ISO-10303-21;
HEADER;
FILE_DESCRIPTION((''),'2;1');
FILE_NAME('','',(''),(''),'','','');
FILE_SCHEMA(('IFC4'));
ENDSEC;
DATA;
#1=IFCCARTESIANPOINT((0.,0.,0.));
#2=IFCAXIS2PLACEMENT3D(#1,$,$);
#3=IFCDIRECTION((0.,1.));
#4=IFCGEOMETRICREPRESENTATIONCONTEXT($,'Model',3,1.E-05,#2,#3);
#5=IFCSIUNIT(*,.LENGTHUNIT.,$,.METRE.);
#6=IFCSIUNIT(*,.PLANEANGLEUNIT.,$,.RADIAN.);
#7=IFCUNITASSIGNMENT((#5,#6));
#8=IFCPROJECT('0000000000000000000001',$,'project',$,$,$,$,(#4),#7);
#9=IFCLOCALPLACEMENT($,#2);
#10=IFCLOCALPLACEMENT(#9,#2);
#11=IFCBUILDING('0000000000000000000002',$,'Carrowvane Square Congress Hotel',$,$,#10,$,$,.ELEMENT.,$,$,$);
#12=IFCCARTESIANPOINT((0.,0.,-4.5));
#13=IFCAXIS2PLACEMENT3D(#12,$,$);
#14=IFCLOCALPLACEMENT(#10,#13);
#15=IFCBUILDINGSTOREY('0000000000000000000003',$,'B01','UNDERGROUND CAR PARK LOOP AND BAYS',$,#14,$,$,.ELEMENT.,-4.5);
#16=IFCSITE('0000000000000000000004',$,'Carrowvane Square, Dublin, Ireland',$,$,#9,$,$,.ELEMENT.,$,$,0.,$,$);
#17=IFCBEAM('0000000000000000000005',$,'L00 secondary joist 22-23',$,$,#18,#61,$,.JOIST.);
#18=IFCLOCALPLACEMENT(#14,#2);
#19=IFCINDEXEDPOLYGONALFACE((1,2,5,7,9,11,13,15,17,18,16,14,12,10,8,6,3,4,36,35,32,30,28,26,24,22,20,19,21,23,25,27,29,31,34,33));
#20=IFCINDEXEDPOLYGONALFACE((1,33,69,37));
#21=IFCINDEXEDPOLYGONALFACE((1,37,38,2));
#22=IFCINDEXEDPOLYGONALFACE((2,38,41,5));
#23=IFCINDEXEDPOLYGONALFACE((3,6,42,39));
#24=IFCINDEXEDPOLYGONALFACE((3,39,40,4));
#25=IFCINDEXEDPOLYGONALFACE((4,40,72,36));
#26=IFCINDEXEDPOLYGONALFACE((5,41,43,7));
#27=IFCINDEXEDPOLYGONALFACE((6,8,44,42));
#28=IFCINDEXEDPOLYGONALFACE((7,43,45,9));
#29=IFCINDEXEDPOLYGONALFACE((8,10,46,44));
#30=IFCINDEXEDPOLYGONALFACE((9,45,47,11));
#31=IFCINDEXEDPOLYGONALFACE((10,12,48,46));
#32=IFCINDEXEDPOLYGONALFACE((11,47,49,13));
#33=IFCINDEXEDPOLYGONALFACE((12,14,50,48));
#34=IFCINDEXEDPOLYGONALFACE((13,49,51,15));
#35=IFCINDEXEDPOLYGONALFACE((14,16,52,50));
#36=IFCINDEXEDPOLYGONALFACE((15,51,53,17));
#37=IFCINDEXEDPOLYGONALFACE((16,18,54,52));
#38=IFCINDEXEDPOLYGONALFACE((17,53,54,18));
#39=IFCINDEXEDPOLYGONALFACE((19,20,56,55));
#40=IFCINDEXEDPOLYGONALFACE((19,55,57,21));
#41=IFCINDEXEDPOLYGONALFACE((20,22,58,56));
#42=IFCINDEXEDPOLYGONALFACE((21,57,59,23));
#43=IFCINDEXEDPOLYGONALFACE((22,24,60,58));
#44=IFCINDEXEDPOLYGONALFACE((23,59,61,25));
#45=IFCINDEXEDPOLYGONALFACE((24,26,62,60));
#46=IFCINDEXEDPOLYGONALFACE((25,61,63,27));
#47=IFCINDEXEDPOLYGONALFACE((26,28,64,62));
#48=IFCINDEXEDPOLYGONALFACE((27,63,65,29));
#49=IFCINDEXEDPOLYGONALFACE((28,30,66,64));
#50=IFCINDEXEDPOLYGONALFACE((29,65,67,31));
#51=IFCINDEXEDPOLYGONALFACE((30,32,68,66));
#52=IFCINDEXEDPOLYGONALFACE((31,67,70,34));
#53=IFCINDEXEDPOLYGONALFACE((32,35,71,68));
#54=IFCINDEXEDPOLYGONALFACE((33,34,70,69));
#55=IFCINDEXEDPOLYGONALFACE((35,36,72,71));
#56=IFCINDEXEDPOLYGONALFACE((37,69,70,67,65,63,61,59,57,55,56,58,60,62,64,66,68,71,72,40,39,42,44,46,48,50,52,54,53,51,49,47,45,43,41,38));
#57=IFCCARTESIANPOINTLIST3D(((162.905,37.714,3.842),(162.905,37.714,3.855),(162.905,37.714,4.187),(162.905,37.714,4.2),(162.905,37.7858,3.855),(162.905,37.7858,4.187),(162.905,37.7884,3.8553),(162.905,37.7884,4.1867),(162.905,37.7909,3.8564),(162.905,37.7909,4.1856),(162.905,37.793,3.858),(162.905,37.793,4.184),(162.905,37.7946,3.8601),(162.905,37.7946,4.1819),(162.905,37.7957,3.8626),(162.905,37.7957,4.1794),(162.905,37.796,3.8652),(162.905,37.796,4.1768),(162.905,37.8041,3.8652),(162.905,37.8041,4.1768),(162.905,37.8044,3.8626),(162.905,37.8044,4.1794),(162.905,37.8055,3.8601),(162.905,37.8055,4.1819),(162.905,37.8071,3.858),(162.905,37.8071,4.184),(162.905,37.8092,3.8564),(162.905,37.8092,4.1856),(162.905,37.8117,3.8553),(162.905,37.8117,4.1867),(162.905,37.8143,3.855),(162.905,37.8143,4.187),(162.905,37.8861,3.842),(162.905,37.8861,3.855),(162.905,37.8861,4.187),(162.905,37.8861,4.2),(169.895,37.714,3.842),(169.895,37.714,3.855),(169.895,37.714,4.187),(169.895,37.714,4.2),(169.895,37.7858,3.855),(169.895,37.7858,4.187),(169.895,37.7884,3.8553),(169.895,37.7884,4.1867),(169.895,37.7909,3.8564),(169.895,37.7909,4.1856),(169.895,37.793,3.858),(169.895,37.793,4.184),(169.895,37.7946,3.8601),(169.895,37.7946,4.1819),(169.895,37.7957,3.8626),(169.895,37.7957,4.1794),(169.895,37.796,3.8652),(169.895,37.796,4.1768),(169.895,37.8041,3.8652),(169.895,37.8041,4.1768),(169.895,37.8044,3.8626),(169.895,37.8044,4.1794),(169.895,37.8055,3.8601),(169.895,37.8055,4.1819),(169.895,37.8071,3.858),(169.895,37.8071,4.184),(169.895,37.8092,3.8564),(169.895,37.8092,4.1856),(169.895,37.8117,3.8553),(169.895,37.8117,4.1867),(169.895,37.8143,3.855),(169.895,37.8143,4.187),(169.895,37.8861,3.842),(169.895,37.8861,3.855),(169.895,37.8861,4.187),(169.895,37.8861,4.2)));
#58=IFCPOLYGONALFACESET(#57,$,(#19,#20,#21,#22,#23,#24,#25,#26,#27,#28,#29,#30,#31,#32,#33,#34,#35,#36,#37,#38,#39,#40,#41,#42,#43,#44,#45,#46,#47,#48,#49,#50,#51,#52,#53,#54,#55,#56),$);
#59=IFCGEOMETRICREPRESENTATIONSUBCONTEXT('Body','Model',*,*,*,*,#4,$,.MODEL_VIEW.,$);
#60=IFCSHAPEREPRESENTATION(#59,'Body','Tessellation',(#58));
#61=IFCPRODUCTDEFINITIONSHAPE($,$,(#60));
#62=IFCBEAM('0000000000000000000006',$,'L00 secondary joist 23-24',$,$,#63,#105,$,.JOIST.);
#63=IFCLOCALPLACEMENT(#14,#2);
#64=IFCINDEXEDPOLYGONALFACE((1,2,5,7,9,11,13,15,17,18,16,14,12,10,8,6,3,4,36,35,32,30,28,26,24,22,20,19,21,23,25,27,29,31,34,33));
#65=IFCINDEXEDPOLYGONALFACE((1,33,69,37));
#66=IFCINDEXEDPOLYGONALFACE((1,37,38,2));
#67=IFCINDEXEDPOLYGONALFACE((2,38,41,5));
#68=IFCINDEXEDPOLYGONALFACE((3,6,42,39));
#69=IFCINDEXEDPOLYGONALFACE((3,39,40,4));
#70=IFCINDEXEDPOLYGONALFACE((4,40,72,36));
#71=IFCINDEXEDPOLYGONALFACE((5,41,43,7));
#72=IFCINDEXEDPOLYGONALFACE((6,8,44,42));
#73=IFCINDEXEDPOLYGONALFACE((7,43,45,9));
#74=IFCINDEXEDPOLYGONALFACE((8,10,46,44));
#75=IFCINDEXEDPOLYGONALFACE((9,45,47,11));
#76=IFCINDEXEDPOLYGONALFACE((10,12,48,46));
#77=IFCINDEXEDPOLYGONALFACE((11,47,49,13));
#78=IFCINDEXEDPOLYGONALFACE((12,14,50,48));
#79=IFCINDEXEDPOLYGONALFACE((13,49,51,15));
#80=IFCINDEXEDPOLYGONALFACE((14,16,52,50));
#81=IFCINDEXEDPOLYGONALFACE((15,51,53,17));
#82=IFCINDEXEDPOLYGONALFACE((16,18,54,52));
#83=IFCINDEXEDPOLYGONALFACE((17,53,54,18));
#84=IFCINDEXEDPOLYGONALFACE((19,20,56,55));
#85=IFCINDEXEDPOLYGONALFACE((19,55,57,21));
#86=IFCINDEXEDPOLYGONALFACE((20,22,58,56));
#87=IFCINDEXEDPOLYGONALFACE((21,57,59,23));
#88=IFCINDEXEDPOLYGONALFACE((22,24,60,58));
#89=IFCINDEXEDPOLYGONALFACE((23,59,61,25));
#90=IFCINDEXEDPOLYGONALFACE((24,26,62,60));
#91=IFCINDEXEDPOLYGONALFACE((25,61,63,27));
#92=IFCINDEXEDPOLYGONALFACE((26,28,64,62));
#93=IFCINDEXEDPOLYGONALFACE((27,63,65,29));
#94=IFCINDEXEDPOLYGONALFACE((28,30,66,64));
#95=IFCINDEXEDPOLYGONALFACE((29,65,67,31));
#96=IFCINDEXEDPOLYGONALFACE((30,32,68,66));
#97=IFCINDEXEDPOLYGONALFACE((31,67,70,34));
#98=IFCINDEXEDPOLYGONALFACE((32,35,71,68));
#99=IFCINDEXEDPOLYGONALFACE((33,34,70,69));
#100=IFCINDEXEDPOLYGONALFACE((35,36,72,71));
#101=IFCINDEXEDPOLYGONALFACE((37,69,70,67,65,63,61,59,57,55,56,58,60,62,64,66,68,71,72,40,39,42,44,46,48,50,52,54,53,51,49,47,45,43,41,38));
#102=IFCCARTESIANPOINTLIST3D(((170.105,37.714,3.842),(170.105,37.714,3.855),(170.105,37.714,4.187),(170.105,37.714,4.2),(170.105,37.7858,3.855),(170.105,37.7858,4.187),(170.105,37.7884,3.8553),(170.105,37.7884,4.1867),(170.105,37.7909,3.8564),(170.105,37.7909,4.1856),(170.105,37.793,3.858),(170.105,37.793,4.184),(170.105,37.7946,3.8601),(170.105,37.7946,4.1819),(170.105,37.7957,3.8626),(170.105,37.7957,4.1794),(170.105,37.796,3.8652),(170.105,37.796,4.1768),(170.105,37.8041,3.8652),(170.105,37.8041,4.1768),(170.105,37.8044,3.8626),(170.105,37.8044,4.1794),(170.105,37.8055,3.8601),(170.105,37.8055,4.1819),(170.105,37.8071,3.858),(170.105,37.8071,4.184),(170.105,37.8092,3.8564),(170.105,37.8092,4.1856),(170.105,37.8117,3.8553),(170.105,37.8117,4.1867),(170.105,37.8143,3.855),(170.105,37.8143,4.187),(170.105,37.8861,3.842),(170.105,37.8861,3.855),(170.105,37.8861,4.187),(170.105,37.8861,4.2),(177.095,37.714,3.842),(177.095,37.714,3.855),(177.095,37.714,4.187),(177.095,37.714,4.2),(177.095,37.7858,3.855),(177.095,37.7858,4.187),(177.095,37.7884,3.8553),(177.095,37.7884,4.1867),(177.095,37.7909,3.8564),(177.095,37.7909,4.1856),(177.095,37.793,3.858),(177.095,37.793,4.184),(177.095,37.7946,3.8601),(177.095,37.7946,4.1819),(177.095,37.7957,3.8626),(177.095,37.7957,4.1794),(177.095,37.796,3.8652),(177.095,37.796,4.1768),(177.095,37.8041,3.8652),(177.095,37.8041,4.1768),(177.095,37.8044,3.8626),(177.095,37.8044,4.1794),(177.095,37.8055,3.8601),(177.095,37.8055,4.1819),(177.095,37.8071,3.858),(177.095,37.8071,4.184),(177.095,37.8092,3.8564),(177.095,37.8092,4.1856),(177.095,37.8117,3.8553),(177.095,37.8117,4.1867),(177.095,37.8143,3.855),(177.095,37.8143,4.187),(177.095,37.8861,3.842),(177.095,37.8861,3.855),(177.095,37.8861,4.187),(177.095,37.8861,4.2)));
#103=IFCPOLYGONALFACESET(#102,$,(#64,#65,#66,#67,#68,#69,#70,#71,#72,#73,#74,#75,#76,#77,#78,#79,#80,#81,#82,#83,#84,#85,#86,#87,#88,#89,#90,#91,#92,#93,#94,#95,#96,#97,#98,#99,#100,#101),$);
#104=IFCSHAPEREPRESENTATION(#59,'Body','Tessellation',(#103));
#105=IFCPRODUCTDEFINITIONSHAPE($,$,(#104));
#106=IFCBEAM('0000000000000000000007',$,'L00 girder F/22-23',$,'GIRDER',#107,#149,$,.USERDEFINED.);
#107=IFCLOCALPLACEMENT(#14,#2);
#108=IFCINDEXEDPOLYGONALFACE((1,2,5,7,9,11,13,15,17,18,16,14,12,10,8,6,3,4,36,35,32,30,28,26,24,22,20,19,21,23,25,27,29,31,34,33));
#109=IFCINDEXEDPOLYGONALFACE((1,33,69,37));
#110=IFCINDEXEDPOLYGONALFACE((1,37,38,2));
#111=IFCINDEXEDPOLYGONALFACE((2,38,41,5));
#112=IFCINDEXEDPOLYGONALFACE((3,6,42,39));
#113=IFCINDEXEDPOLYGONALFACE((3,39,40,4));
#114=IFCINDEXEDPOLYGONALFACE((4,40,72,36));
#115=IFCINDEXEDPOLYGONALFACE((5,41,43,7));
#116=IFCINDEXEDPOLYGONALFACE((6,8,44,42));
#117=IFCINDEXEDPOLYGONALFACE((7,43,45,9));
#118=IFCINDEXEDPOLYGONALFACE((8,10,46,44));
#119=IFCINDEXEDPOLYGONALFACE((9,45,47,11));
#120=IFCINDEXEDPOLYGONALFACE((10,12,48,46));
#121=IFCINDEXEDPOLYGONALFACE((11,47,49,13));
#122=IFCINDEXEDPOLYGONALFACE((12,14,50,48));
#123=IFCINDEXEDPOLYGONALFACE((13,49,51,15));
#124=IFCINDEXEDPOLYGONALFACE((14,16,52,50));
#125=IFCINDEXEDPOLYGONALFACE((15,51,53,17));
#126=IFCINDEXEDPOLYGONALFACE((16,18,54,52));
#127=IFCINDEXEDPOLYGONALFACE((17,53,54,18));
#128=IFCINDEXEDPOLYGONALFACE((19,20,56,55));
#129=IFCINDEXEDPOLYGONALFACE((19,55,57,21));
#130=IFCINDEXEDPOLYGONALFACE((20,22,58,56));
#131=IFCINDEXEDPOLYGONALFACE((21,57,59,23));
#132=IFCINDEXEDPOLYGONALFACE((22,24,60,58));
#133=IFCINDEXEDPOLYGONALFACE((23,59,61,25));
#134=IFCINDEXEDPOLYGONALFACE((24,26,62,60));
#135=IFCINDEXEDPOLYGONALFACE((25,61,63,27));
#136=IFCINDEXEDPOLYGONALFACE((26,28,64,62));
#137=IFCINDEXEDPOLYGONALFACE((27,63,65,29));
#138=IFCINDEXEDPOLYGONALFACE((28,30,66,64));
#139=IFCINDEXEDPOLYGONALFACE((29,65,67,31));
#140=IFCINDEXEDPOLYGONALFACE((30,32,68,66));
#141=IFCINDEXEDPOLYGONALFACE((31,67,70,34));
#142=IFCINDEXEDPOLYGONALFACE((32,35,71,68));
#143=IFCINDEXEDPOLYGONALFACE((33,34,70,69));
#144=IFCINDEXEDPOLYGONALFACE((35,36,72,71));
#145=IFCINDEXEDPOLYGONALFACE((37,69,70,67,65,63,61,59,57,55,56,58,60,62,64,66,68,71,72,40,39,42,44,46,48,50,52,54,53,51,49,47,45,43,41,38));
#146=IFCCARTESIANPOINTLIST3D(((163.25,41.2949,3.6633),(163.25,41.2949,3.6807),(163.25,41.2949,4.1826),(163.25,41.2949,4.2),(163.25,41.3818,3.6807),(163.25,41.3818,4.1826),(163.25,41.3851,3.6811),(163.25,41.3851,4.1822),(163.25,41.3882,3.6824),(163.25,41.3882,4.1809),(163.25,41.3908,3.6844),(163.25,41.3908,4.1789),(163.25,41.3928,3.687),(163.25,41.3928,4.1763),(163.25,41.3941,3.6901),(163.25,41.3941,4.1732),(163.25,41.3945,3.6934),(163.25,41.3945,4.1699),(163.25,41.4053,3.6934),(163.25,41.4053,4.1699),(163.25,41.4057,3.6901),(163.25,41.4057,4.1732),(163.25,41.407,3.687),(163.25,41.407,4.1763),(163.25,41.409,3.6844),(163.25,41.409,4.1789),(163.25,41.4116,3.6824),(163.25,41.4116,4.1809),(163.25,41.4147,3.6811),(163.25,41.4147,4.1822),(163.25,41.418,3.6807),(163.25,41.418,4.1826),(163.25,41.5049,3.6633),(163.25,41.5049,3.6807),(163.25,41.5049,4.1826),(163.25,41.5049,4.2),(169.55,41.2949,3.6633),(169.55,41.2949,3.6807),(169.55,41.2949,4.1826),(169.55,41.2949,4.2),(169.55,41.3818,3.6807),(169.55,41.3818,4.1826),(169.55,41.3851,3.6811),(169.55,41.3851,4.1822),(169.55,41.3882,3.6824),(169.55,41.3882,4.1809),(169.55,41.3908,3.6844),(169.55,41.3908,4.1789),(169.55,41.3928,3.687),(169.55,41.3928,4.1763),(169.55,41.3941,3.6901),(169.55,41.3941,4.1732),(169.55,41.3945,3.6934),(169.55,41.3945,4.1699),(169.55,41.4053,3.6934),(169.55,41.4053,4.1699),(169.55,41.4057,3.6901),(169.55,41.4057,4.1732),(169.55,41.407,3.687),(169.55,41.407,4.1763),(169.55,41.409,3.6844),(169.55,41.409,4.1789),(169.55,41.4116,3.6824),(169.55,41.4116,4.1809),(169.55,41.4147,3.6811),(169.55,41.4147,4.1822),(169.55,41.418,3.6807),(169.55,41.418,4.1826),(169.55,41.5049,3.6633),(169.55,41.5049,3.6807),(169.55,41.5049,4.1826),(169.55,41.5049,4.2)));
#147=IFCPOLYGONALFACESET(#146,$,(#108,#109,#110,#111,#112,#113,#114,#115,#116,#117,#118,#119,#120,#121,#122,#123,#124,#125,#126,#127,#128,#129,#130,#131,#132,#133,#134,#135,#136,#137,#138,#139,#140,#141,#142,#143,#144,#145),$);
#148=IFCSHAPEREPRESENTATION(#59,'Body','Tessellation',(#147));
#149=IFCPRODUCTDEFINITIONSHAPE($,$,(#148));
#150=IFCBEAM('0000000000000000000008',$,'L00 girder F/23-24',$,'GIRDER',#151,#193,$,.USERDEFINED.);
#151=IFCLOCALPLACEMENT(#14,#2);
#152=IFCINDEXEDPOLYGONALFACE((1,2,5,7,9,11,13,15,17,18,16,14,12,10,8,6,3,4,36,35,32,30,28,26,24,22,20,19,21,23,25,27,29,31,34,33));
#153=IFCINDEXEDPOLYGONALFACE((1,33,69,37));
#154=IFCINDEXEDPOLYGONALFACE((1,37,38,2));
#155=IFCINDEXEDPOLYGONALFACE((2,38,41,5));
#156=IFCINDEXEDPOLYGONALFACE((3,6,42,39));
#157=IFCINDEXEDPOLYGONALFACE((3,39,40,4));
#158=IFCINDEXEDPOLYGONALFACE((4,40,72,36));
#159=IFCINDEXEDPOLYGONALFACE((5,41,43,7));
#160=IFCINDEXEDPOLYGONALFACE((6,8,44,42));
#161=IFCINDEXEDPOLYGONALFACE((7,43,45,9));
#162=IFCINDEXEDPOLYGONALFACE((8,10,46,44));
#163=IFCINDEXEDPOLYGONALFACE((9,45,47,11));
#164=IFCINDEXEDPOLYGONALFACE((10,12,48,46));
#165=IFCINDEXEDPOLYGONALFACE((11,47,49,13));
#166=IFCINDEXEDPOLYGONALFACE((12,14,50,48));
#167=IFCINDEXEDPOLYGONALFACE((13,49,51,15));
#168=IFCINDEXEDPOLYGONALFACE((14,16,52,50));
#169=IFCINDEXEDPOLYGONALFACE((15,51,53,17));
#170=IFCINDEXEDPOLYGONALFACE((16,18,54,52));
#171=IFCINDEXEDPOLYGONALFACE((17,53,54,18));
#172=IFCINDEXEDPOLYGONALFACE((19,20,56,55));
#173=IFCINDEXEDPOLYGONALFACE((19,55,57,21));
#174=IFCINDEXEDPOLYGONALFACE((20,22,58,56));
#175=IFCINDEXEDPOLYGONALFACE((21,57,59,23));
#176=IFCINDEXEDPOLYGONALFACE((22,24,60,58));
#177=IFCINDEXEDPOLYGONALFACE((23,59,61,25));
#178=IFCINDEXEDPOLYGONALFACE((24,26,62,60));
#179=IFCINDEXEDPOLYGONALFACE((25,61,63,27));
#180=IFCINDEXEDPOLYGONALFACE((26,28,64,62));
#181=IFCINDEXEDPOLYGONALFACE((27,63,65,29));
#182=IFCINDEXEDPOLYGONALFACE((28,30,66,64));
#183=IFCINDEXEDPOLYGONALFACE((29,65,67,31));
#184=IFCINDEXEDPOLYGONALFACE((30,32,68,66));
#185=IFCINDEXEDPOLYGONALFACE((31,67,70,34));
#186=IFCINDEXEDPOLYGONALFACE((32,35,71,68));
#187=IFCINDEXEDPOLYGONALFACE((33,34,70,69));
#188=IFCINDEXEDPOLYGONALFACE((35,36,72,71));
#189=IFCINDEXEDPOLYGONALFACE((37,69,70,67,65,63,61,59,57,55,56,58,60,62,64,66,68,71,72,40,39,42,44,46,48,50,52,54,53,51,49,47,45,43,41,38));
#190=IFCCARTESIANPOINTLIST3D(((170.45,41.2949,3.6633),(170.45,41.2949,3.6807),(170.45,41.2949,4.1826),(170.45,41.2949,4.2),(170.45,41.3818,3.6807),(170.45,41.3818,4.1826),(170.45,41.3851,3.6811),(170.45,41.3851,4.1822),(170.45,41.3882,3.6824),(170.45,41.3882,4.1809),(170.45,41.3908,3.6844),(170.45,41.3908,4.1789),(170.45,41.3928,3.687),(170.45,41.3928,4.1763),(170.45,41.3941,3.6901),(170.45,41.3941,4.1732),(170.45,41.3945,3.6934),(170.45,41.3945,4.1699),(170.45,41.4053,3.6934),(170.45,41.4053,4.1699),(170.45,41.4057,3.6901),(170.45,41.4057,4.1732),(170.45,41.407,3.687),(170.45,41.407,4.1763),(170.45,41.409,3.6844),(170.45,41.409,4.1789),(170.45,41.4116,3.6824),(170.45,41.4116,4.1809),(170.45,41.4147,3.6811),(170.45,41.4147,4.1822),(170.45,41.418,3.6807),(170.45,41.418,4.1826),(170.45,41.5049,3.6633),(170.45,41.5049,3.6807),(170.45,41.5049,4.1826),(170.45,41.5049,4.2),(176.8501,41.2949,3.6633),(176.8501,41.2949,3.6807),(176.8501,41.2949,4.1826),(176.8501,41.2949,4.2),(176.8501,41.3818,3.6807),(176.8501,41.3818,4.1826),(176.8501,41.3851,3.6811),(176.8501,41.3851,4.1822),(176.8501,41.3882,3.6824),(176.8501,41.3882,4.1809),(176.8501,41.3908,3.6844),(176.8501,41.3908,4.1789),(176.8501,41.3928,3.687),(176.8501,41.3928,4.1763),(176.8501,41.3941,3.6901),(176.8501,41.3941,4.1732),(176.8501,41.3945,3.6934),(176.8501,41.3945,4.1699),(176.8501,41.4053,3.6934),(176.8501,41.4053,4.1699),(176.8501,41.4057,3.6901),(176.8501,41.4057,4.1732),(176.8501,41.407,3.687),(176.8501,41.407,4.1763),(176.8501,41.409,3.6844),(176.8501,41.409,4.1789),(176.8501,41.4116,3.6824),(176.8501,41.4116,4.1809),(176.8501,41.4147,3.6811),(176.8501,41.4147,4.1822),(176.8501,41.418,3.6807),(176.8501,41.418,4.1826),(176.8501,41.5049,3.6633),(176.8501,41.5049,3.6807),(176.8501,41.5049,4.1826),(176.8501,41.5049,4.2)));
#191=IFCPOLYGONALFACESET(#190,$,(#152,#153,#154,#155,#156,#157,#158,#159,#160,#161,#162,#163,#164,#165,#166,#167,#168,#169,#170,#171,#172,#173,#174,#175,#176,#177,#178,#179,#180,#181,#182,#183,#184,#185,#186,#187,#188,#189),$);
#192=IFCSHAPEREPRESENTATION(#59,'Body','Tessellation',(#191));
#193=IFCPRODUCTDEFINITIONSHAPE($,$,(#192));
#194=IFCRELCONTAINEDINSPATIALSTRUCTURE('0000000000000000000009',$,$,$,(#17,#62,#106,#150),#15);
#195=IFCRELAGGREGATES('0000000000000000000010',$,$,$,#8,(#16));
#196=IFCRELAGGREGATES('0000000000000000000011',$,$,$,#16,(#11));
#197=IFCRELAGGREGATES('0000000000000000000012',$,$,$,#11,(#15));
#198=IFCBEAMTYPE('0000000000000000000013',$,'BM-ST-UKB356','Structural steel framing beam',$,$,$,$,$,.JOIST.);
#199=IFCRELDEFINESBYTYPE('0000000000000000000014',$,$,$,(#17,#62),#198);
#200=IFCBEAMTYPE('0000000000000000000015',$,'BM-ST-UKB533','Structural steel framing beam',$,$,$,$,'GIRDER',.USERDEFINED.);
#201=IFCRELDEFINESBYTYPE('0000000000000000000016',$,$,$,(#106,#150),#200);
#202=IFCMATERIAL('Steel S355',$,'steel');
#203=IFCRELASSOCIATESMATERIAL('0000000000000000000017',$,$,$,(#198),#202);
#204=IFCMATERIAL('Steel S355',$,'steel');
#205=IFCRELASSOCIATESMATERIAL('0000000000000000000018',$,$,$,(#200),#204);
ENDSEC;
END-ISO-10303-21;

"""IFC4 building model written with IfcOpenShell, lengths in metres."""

from ifc_helpers import new_model, si_unit, direction, frame, origin, origin_2d, place, context, subcontext, project, spatial, i_section, extrude, material, material_profile, profile_set, type_object, element, save


model = new_model("IFC4")

# Units and contexts
model_context = context("Model", 3, precision=1e-05, world=origin(), true_north=direction((0.0, 1.0)))
body_context = subcontext(model_context, "Body", "Model", "MODEL_VIEW")
ifc_project = project(units=[si_unit("LENGTHUNIT", "METRE"), si_unit("PLANEANGLEUNIT", "RADIAN")], contexts=[model_context])

# Site, building, storey
site_placement = place(None, origin())
site = spatial("IfcSite", under=ifc_project, at=site_placement, Name="Carrowvane Square, Dublin, Ireland", CompositionType="ELEMENT", RefElevation=0.0)
building_placement = place(site_placement, origin())
building = spatial("IfcBuilding", under=site, at=building_placement, Name="Carrowvane Square Congress Hotel", CompositionType="ELEMENT")
storey_placement = place(building_placement, frame((0.0, 0.0, -4.5)))
storey = spatial("IfcBuildingStorey", under=building, at=storey_placement, Name="B01", Description="UNDERGROUND CAR PARK LOOP AND BAYS", CompositionType="ELEMENT", Elevation=-4.5)

# Beams
ifc_material_1 = material(Name="Steel S355", Category="steel")
ifc_material_profile_1 = material_profile(ifc_material_1, i_section(OverallWidth=0.1721, OverallDepth=0.3579, WebThickness=0.0081, FlangeThickness=0.0129, FilletRadius=0.0103, at=origin_2d()), Name="UKB 356x171x57")
ifc_profile_set_1 = profile_set([ifc_material_profile_1], Name="Steel S355")
beam_type_1 = type_object("IfcBeamType", Name="BM-ST-UKB356", Description="Structural steel framing beam", PredefinedType="JOIST", material=ifc_profile_set_1)
for number, where, z_axis, x_axis, name in (
    (1, (162.905, 37.8, 4.021), (1.0, 0.0, 0.0), (0.0, 1.0, 0.0), "L00 secondary joist 22-23"),
    (2, (170.105, 37.8, 4.021), (1.0, 0.0, 0.0), (0.0, 1.0, 0.0), "L00 secondary joist 23-24"),
):
    element("IfcBeam", number, at=place(storey_placement, frame(where, z_axis=z_axis, x_axis=x_axis)), inside=storey, type_object=beam_type_1, Name=name, PredefinedType="JOIST", context=body_context, shape_type="SweptSolid", body=[
        extrude(i_section(OverallWidth=0.1721, OverallDepth=0.3579, WebThickness=0.0081, FlangeThickness=0.0129, FilletRadius=0.0103, at=origin_2d()), origin(), (0.0, 0.0, 1.0), 6.99),
    ])
ifc_material_2 = material(Name="Steel S355", Category="steel")
ifc_material_profile_2 = material_profile(ifc_material_2, i_section(OverallWidth=0.21, OverallDepth=0.5366, WebThickness=0.0107, FlangeThickness=0.0173, FilletRadius=0.0127, at=origin_2d()), Name="UKB 533x210x101")
ifc_profile_set_2 = profile_set([ifc_material_profile_2], Name="Steel S355")
beam_type_2 = type_object("IfcBeamType", Name="BM-ST-UKB533", Description="Structural steel framing beam", ElementType="GIRDER", PredefinedType="USERDEFINED", material=ifc_profile_set_2)
beam_1_placement = place(storey_placement, frame((163.25, 41.3999, 3.9316), z_axis=(1.0, 0.0, 0.0), x_axis=(0.0, 1.0, 0.0)))
element("IfcBeam", 3, at=beam_1_placement, inside=storey, type_object=beam_type_2, Name="L00 girder F/22-23", ObjectType="GIRDER", PredefinedType="USERDEFINED", context=body_context, shape_type="SweptSolid", body=[
    extrude(i_section(OverallWidth=0.21, OverallDepth=0.5366, WebThickness=0.0107, FlangeThickness=0.0173, FilletRadius=0.0127, at=origin_2d()), origin(), (0.0, 0.0, 1.0), 6.3),
])
beam_2_placement = place(storey_placement, frame((170.45, 41.3999, 3.9316), z_axis=(1.0, 0.0, 0.0), x_axis=(0.0, 1.0, 0.0)))
element("IfcBeam", 4, at=beam_2_placement, inside=storey, type_object=beam_type_2, Name="L00 girder F/23-24", ObjectType="GIRDER", PredefinedType="USERDEFINED", context=body_context, shape_type="SweptSolid", body=[
    extrude(i_section(OverallWidth=0.21, OverallDepth=0.5366, WebThickness=0.0107, FlangeThickness=0.0173, FilletRadius=0.0127, at=origin_2d()), origin(), (0.0, 0.0, 1.0), 6.4001),
])

save(model, "model.ifc")
